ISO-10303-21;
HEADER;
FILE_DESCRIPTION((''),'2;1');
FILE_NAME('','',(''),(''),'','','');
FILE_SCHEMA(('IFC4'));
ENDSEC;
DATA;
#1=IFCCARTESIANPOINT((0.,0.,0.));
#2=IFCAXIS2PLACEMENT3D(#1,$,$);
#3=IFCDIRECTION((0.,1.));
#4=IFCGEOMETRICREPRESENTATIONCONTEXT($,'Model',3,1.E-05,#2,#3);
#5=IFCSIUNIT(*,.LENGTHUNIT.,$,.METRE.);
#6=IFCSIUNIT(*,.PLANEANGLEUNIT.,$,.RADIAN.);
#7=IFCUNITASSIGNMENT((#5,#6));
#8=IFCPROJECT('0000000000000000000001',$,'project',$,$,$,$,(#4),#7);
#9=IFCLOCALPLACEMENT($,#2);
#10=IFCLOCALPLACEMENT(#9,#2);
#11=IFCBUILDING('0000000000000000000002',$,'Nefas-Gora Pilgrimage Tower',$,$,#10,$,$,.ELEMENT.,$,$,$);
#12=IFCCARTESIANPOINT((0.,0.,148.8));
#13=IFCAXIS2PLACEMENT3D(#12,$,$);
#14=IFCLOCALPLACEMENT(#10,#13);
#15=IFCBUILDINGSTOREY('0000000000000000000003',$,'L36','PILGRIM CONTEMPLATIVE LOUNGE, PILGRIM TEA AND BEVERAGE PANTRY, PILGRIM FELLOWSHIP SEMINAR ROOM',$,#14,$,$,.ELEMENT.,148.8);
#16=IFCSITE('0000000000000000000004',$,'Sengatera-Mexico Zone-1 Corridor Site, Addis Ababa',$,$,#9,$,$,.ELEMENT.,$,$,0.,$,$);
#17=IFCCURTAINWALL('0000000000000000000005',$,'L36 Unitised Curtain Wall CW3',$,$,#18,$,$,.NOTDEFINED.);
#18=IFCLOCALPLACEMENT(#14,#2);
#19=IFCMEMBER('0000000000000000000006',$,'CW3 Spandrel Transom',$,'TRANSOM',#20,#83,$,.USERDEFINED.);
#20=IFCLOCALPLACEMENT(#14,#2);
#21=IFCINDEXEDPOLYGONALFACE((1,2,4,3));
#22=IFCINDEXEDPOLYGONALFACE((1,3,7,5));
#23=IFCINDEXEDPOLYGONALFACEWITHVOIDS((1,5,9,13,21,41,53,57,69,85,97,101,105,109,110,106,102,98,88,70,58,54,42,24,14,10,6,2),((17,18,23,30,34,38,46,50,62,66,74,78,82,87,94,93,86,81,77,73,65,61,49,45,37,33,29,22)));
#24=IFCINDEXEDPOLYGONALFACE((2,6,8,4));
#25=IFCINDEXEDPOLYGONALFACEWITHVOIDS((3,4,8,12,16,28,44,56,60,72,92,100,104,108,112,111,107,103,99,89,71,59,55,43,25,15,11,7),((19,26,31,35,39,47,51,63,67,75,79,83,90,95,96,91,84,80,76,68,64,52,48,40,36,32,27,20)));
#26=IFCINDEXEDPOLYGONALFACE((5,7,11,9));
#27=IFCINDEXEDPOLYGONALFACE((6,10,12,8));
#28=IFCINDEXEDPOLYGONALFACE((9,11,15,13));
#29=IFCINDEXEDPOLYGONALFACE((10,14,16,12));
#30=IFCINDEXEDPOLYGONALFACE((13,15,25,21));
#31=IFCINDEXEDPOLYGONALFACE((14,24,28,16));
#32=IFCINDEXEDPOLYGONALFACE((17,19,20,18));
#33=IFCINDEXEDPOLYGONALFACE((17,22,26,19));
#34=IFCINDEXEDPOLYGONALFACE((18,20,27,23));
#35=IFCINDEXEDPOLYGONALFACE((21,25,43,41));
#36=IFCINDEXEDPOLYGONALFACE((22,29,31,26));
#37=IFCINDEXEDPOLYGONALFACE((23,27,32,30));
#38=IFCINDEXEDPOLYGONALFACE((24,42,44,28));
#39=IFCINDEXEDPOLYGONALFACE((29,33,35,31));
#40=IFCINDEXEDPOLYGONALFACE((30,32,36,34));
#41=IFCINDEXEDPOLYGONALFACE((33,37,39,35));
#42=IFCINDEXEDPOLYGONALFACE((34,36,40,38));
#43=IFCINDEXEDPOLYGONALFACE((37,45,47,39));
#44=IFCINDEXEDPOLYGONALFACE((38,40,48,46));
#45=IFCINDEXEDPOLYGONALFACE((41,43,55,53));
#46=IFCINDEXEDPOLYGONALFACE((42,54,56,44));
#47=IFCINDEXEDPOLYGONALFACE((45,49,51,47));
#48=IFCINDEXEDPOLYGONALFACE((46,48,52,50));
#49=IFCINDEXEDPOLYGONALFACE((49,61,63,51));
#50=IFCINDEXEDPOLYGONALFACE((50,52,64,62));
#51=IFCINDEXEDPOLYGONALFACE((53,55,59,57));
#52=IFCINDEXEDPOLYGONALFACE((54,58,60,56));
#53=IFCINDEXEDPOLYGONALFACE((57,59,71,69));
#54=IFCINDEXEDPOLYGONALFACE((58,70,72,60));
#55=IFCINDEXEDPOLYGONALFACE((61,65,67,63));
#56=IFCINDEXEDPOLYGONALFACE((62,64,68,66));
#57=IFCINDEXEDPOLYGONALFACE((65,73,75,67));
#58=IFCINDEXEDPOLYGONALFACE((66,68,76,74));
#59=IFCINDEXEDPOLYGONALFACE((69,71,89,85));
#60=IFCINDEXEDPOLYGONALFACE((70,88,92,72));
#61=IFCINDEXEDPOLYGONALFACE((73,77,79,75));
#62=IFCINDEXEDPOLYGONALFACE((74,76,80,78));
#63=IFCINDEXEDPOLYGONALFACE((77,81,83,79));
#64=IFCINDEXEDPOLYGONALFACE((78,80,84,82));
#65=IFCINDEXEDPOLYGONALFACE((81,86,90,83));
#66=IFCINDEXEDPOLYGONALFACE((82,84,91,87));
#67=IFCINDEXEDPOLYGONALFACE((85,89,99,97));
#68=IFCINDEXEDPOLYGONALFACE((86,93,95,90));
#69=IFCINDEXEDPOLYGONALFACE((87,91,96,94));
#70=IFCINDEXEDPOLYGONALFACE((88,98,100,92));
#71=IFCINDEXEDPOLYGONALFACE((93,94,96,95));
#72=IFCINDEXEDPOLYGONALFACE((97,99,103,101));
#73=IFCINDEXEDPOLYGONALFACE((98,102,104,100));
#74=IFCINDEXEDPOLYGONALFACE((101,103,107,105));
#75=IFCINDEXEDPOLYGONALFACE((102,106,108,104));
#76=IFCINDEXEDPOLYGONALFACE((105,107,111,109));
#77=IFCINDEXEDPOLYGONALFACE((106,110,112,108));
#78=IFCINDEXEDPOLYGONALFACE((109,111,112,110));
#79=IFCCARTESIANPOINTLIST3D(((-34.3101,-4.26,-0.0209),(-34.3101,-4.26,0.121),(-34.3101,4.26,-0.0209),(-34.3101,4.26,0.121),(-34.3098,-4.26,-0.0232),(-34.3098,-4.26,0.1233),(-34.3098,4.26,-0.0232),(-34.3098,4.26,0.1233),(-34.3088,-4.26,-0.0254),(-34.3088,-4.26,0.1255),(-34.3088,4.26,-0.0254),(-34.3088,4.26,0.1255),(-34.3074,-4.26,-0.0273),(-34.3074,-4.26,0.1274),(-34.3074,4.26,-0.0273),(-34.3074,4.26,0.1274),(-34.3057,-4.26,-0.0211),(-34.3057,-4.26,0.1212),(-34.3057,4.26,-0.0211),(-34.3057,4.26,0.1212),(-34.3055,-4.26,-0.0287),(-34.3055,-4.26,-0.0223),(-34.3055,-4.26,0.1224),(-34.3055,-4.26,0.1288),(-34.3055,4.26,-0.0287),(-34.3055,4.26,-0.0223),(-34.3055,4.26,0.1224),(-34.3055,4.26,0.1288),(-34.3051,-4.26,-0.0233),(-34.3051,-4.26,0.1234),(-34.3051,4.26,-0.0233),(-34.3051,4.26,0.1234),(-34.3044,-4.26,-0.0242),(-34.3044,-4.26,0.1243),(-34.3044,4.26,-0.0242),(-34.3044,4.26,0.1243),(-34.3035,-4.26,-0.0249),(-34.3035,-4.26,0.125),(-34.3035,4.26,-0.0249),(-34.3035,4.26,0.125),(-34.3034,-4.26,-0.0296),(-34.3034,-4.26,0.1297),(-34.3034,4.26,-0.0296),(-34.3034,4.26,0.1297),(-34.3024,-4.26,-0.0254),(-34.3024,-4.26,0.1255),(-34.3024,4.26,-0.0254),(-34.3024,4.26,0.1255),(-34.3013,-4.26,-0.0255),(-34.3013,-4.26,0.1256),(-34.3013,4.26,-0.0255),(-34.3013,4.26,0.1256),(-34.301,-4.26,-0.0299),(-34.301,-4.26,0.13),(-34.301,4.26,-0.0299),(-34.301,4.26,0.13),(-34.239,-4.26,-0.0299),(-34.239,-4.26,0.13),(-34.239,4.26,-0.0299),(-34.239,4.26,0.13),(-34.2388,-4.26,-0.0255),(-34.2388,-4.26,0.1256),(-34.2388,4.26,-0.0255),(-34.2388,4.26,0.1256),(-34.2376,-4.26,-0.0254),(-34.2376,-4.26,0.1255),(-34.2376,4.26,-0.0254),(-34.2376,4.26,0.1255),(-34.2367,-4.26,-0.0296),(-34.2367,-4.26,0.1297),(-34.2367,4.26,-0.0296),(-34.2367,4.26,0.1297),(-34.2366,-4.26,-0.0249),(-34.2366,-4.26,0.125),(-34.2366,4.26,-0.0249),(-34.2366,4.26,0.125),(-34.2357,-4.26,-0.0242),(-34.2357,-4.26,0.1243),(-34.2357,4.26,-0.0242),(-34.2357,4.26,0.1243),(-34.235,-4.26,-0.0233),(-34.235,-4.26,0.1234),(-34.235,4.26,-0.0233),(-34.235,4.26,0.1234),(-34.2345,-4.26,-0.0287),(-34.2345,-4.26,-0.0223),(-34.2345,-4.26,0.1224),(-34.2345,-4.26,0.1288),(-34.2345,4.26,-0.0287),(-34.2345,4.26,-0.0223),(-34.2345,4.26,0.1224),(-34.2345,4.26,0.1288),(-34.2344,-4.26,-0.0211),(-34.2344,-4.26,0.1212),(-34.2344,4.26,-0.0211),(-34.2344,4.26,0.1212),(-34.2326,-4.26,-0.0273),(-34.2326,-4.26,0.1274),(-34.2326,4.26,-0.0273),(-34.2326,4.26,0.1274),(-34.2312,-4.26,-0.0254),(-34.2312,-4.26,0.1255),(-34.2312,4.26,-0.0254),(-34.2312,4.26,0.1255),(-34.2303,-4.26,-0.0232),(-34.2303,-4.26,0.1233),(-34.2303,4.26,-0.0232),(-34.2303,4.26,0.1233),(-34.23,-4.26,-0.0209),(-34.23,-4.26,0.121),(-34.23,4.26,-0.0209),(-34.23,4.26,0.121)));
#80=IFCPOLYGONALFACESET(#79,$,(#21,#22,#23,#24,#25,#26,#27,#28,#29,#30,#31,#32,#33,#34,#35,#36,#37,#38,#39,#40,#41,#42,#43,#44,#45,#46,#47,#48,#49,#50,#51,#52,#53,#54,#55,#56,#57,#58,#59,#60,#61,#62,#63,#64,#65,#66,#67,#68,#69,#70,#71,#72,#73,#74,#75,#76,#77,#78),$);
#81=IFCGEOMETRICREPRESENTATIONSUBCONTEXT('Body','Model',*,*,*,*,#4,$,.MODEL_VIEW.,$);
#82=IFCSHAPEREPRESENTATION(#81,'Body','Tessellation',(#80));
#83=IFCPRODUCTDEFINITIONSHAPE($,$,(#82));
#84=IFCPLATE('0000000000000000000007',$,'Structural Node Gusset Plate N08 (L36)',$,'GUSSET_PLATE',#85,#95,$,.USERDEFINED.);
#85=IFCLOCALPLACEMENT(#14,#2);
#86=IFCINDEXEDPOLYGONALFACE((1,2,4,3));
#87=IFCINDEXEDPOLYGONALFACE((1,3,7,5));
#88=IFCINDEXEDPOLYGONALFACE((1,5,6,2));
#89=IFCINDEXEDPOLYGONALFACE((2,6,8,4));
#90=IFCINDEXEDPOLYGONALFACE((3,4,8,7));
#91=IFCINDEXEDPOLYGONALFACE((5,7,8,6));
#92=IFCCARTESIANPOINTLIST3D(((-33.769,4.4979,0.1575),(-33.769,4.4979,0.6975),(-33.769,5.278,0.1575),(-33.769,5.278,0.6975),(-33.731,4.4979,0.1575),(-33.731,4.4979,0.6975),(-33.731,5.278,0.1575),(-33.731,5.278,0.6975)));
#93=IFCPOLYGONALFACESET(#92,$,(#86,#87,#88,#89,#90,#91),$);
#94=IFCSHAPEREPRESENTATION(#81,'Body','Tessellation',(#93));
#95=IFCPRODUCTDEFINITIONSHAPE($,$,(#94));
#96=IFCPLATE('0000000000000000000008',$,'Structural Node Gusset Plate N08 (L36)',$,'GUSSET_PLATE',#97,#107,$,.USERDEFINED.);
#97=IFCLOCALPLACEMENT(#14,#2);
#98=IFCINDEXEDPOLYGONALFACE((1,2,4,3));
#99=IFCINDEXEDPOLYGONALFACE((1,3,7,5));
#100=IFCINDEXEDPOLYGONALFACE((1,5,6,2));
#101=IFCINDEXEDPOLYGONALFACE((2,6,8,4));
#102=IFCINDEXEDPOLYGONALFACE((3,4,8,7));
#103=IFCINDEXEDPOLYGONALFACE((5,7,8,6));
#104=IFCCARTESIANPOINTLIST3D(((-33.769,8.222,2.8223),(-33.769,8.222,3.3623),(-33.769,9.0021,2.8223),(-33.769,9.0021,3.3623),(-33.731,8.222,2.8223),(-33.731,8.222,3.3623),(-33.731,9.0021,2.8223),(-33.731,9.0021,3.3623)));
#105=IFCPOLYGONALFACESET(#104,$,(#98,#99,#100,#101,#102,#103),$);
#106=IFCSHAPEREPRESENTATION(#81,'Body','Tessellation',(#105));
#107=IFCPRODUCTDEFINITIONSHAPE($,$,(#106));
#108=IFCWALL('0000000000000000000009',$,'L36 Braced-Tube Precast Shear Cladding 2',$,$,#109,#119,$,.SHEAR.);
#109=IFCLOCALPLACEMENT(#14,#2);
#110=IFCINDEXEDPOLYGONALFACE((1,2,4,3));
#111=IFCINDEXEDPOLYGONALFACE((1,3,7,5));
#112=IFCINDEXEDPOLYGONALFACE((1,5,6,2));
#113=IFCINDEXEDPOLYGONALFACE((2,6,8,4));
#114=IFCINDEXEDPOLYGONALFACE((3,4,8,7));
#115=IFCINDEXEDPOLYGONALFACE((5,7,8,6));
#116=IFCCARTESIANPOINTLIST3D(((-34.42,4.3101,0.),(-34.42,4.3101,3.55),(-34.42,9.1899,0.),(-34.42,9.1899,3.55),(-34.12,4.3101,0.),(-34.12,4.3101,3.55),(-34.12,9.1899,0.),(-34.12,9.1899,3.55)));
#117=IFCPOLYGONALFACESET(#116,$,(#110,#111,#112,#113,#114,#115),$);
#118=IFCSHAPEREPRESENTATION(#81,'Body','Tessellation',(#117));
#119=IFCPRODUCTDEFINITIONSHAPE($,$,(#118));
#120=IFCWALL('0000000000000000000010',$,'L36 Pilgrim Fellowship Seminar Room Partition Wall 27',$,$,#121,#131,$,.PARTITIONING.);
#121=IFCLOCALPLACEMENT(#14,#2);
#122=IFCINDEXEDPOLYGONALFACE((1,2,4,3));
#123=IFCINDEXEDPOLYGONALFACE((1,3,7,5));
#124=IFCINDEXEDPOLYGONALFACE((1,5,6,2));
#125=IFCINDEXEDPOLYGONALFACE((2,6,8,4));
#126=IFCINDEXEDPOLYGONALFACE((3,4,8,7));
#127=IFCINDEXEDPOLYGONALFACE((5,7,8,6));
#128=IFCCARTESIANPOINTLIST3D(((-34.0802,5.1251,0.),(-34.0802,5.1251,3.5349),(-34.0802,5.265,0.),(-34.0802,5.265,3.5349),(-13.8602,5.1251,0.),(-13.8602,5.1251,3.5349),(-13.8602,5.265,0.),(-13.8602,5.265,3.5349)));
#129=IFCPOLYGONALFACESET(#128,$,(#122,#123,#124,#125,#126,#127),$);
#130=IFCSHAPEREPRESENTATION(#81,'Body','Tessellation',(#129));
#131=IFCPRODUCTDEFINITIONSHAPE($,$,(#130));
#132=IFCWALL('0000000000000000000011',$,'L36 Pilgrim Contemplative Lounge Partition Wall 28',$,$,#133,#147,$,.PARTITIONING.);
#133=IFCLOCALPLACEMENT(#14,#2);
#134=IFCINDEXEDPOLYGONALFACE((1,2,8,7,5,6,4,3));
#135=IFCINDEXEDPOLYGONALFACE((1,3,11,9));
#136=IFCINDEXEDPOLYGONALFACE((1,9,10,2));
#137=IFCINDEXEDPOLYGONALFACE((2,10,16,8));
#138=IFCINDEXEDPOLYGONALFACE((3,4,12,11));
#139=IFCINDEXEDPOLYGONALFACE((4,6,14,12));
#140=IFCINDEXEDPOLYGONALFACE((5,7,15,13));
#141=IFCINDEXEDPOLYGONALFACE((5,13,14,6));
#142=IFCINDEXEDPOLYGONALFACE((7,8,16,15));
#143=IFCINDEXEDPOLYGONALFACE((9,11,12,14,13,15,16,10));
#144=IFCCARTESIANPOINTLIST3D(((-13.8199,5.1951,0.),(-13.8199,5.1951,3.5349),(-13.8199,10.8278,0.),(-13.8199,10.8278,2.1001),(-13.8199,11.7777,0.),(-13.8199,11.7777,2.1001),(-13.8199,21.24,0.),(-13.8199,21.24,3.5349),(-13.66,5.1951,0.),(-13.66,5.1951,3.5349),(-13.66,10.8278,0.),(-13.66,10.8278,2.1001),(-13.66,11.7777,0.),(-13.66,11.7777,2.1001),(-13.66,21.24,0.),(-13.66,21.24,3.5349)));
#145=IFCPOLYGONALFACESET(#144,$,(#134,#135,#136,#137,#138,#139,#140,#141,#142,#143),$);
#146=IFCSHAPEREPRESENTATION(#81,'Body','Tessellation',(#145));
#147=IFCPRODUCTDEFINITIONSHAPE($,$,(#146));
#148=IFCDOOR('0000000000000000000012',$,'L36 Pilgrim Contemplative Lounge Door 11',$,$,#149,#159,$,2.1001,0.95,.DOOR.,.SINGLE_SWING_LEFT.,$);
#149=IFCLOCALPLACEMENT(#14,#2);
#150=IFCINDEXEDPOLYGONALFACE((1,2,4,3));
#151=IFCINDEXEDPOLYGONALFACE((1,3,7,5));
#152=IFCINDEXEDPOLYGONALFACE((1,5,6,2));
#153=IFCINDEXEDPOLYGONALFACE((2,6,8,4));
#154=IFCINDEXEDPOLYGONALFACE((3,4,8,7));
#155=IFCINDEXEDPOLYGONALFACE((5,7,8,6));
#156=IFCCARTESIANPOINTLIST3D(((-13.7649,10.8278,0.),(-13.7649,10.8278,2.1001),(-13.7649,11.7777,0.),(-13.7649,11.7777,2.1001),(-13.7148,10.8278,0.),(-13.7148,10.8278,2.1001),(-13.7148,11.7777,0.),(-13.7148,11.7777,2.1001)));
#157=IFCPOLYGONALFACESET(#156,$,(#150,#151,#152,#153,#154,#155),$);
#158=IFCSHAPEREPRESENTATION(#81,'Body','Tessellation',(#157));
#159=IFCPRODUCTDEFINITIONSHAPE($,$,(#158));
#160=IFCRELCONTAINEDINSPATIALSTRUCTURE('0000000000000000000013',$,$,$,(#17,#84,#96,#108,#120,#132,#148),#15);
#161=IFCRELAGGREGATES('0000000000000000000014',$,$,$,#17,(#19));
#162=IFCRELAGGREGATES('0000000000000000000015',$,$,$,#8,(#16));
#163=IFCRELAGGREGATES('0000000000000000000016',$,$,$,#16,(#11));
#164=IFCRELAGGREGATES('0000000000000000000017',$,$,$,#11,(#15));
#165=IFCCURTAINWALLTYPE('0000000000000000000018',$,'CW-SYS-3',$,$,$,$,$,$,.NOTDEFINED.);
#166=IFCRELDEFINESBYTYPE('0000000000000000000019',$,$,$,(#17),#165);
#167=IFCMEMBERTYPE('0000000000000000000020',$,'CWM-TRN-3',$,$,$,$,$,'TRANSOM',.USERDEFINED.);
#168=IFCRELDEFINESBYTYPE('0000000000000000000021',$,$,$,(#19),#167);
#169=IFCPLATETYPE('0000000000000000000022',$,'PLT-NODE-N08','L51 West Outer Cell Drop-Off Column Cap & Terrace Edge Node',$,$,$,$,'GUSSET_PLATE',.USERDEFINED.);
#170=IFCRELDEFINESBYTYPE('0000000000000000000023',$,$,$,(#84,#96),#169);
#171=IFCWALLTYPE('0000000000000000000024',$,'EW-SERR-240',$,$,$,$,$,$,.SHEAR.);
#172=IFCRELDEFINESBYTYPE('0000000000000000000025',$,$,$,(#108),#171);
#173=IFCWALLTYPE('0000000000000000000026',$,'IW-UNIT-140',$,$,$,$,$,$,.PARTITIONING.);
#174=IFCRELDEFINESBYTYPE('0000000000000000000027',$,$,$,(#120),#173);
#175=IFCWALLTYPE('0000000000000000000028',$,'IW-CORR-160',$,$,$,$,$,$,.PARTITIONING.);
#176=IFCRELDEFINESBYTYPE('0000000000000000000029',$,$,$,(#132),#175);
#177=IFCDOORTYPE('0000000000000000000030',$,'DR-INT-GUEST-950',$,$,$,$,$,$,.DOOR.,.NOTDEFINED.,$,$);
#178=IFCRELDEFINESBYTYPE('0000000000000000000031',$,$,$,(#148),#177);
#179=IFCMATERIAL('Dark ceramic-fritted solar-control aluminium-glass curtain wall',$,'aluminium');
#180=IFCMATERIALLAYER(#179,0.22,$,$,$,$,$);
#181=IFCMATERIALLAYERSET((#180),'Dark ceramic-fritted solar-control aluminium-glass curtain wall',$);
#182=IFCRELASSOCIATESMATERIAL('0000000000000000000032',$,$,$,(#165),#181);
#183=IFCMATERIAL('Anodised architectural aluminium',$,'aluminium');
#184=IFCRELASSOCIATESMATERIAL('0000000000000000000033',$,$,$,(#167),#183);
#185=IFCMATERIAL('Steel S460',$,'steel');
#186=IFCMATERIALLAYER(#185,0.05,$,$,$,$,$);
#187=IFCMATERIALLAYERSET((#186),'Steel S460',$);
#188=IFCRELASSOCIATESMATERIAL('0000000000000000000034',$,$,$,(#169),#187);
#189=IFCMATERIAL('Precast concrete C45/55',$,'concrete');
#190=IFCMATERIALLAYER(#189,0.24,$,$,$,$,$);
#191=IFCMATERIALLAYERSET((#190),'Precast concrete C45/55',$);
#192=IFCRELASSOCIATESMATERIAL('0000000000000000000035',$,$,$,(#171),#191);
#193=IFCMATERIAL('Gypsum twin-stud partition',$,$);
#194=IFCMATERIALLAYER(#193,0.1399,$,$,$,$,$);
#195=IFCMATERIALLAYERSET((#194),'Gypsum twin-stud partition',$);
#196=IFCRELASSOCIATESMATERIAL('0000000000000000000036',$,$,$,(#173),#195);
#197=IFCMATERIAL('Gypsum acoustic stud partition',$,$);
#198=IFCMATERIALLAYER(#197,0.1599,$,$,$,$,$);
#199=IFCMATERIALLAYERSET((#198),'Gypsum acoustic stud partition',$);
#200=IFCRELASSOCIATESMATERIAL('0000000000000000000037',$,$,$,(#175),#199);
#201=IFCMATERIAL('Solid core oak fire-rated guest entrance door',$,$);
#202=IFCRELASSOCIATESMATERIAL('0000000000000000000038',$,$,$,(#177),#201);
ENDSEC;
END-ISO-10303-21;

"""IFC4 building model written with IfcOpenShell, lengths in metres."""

from ifc_helpers import new_model, si_unit, direction, frame, frame_2d, origin, origin_2d, place, context, subcontext, project, spatial, rectangle, hollow_rectangle, extrude, source, transform, mapped, material, layer, layer_set, material_profile, profile_set, type_object, element, fill, aggregate, save


model = new_model("IFC4")

# Units and contexts
model_context = context("Model", 3, precision=1e-05, world=origin(), true_north=direction((0.0, 1.0)))
body_context = subcontext(model_context, "Body", "Model", "MODEL_VIEW")
ifc_project = project(units=[si_unit("LENGTHUNIT", "METRE"), si_unit("PLANEANGLEUNIT", "RADIAN")], contexts=[model_context])

# Site, building, storey
site_placement = place(None, origin())
site = spatial("IfcSite", under=ifc_project, at=site_placement, Name="Sengatera-Mexico Zone-1 Corridor Site, Addis Ababa", CompositionType="ELEMENT", RefElevation=0.0)
building_placement = place(site_placement, origin())
building = spatial("IfcBuilding", under=site, at=building_placement, Name="Nefas-Gora Pilgrimage Tower", CompositionType="ELEMENT")
storey_placement = place(building_placement, frame((0.0, 0.0, 148.8)))
storey = spatial("IfcBuildingStorey", under=building, at=storey_placement, Name="L36", Description="PILGRIM CONTEMPLATIVE LOUNGE, PILGRIM TEA AND BEVERAGE PANTRY, PILGRIM FELLOWSHIP SEMINAR ROOM", CompositionType="ELEMENT", Elevation=148.8)

# Shared definitions
ifc_material_1 = material(Name="Steel S460", Category="steel")

# Curtain wall, member
ifc_material_2 = material(Name="Dark ceramic-fritted solar-control aluminium-glass curtain wall", Category="aluminium")
ifc_layer_1 = layer(ifc_material_2, 0.22)
ifc_layer_set_1 = layer_set([ifc_layer_1], Name="Dark ceramic-fritted solar-control aluminium-glass curtain wall")
curtain_wall_type = type_object("IfcCurtainWallType", Name="CW-SYS-3", PredefinedType="NOTDEFINED", material=ifc_layer_set_1)
curtain_wall_placement = place(storey_placement, origin())
curtain_wall = element("IfcCurtainWall", 1, at=curtain_wall_placement, inside=storey, type_object=curtain_wall_type, Name="L36 Unitised Curtain Wall CW3", PredefinedType="NOTDEFINED")
ifc_material_3 = material(Name="Anodised architectural aluminium", Category="aluminium")
ifc_material_profile_1 = material_profile(ifc_material_3, hollow_rectangle(XDim=0.0801, YDim=0.1599, WallThickness=0.0044, InnerFilletRadius=0.0044, OuterFilletRadius=0.009, at=origin_2d()), Name="ALU TRANSOM 80x160")
ifc_profile_set_1 = profile_set([ifc_material_profile_1], Name="Anodised architectural aluminium")
member_type_1 = type_object("IfcMemberType", Name="CWM-TRN-3", ElementType="TRANSOM", PredefinedType="USERDEFINED", material=ifc_profile_set_1)
shared_shape_1 = source(origin(), body_context, "Body", "SweptSolid", [
    extrude(hollow_rectangle(XDim=0.0801, YDim=0.1599, WallThickness=0.0044, InnerFilletRadius=0.0044, OuterFilletRadius=0.009, at=origin_2d()), origin(), (0.0, 0.0, 1.0), 8.52),
])
member_1_placement = place(storey_placement, frame((-34.27, 4.26, 0.05), z_axis=(0.0, -1.0, 0.0), x_axis=(1.0, 0.0, 0.0)))
member_1 = element("IfcMember", 2, at=member_1_placement, type_object=member_type_1, Name="CW3 Spandrel Transom", ObjectType="TRANSOM", PredefinedType="USERDEFINED", context=body_context, shape_type="MappedRepresentation", body=[
    mapped(shared_shape_1, transform((0.0, 0.0, 0.0), x_axis=(1.0, 0.0, 0.0), y_axis=(0.0, 1.0, 0.0), z_axis=(0.0, 0.0, 1.0), scale=1.0)),
])
aggregate(curtain_wall, [member_1])

# Plates
ifc_layer_2 = layer(ifc_material_1, 0.05)
ifc_layer_set_2 = layer_set([ifc_layer_2], Name="Steel S460")
plate_type = type_object("IfcPlateType", Name="PLT-NODE-N08", Description="L51 West Outer Cell Drop-Off Column Cap & Terrace Edge Node", ElementType="GUSSET_PLATE", PredefinedType="USERDEFINED", material=ifc_layer_set_2)
shared_shape_2 = source(origin(), body_context, "Body", "SweptSolid", [
    extrude(rectangle(XDim=0.78, YDim=0.0381, at=origin_2d()), origin(), (0.0, 0.0, 1.0), 0.54),
])
for number, where, z_axis, x_axis, name in (
    (3, (-33.75, 4.8879, 0.1575), (0.0, 0.0, 1.0), (0.0, 1.0, 0.0), "Structural Node Gusset Plate N08 (L36)"),
    (4, (-33.75, 8.6121, 2.8223), (0.0, 0.0, 1.0), (0.0, 1.0, 0.0), "Structural Node Gusset Plate N08 (L36)"),
):
    element("IfcPlate", number, at=place(storey_placement, frame(where, z_axis=z_axis, x_axis=x_axis)), inside=storey, type_object=plate_type, Name=name, ObjectType="GUSSET_PLATE", PredefinedType="USERDEFINED", context=body_context, shape_type="MappedRepresentation", body=[
        mapped(shared_shape_2, transform((0.0, 0.0, 0.0), x_axis=(1.0, 0.0, 0.0), y_axis=(0.0, 1.0, 0.0), z_axis=(0.0, 0.0, 1.0), scale=1.0)),
    ])

# Walls
ifc_material_4 = material(Name="Precast concrete C45/55", Category="concrete")
ifc_layer_3 = layer(ifc_material_4, 0.24)
ifc_layer_set_3 = layer_set([ifc_layer_3], Name="Precast concrete C45/55")
wall_type_1 = type_object("IfcWallType", Name="EW-SERR-240", PredefinedType="SHEAR", material=ifc_layer_set_3)
shared_shape_3 = source(origin(), body_context, "Body", "SweptSolid", [
    extrude(rectangle(XDim=4.8799, YDim=0.3, at=frame_2d((2.4399, 0.0))), origin(), (0.0, 0.0, 1.0), 3.55),
])
wall_1_placement = place(storey_placement, frame((-34.27, 4.3101, 0.0), z_axis=(0.0, 0.0, 1.0), x_axis=(0.0, 1.0, 0.0)))
element("IfcWall", 5, at=wall_1_placement, inside=storey, type_object=wall_type_1, Name="L36 Braced-Tube Precast Shear Cladding 2", PredefinedType="SHEAR", context=body_context, shape_type="MappedRepresentation", body=[
    mapped(shared_shape_3, transform((0.0, 0.0, 0.0), x_axis=(1.0, 0.0, 0.0), y_axis=(0.0, 1.0, 0.0), z_axis=(0.0, 0.0, 1.0), scale=1.0)),
])
ifc_material_5 = material(Name="Gypsum twin-stud partition")
ifc_layer_4 = layer(ifc_material_5, 0.1399)
ifc_layer_set_4 = layer_set([ifc_layer_4], Name="Gypsum twin-stud partition")
wall_type_2 = type_object("IfcWallType", Name="IW-UNIT-140", PredefinedType="PARTITIONING", material=ifc_layer_set_4)
shared_shape_4 = source(origin(), body_context, "Body", "SweptSolid", [
    extrude(rectangle(XDim=20.22, YDim=0.1399, at=frame_2d((10.1099, 0.0))), origin(), (0.0, 0.0, 1.0), 3.5349),
])
wall_2_placement = place(storey_placement, frame((-34.0801, 5.1951, 0.0), z_axis=(0.0, 0.0, 1.0), x_axis=(1.0, 0.0, 0.0)))
element("IfcWall", 6, at=wall_2_placement, inside=storey, type_object=wall_type_2, Name="L36 Pilgrim Fellowship Seminar Room Partition Wall 27", PredefinedType="PARTITIONING", context=body_context, shape_type="MappedRepresentation", body=[
    mapped(shared_shape_4, transform((0.0, 0.0, 0.0), x_axis=(1.0, 0.0, 0.0), y_axis=(0.0, 1.0, 0.0), z_axis=(0.0, 0.0, 1.0), scale=1.0)),
])

# Wall, opening, door
ifc_material_6 = material(Name="Gypsum acoustic stud partition")
ifc_layer_5 = layer(ifc_material_6, 0.1599)
ifc_layer_set_5 = layer_set([ifc_layer_5], Name="Gypsum acoustic stud partition")
wall_type_3 = type_object("IfcWallType", Name="IW-CORR-160", PredefinedType="PARTITIONING", material=ifc_layer_set_5)
shared_shape_5 = source(origin(), body_context, "Body", "SweptSolid", [
    extrude(rectangle(XDim=16.0449, YDim=0.1599, at=frame_2d((8.0225, 0.0))), origin(), (0.0, 0.0, 1.0), 3.5349),
])
wall_3_placement = place(storey_placement, frame((-13.74, 5.1951, 0.0), z_axis=(0.0, 0.0, 1.0), x_axis=(0.0, 1.0, 0.0)))
wall_3 = element("IfcWall", 7, at=wall_3_placement, inside=storey, type_object=wall_type_3, Name="L36 Pilgrim Contemplative Lounge Partition Wall 28", PredefinedType="PARTITIONING", context=body_context, shape_type="MappedRepresentation", body=[
    mapped(shared_shape_5, transform((0.0, 0.0, 0.0), x_axis=(1.0, 0.0, 0.0), y_axis=(0.0, 1.0, 0.0), z_axis=(0.0, 0.0, 1.0), scale=1.0)),
])
opening_placement = place(wall_3_placement, frame((5.6326, 0.0, 0.0)))
opening = element("IfcOpeningElement", 8, at=opening_placement, cuts=wall_3, PredefinedType="OPENING", context=body_context, shape_type="SweptSolid", body=[
    extrude(rectangle(XDim=0.95, YDim=2.1001, at=frame_2d((0.4751, 1.05))), frame((0.0, 0.0898, 0.0), z_axis=(0.0, -1.0, 0.0), x_axis=(1.0, 0.0, 0.0)), (0.0, 0.0, 1.0), 0.1799),
])
ifc_material_7 = material(Name="Solid core oak fire-rated guest entrance door")
door_type = type_object("IfcDoorType", Name="DR-INT-GUEST-950", OperationType="NOTDEFINED", PredefinedType="DOOR", material=ifc_material_7)
shared_shape_6 = source(origin(), body_context, "Body", "SweptSolid", [
    extrude(rectangle(XDim=0.95, YDim=2.1001, at=frame_2d((0.4751, 1.05))), frame((0.0, 0.0249, 0.0), z_axis=(0.0, -1.0, 0.0), x_axis=(1.0, 0.0, 0.0)), (0.0, 0.0, 1.0), 0.05),
])
door_placement = place(opening_placement, origin())
door = element("IfcDoor", 9, at=door_placement, inside=storey, type_object=door_type, Name="L36 Pilgrim Contemplative Lounge Door 11", OperationType="SINGLE_SWING_LEFT", OverallHeight=2.1001, OverallWidth=0.95, PredefinedType="DOOR", context=body_context, shape_type="MappedRepresentation", body=[
    mapped(shared_shape_6, transform((0.0, 0.0, 0.0), x_axis=(1.0, 0.0, 0.0), y_axis=(0.0, 1.0, 0.0), z_axis=(0.0, 0.0, 1.0), scale=1.0)),
])
fill(opening, door)

save(model, "model.ifc")
